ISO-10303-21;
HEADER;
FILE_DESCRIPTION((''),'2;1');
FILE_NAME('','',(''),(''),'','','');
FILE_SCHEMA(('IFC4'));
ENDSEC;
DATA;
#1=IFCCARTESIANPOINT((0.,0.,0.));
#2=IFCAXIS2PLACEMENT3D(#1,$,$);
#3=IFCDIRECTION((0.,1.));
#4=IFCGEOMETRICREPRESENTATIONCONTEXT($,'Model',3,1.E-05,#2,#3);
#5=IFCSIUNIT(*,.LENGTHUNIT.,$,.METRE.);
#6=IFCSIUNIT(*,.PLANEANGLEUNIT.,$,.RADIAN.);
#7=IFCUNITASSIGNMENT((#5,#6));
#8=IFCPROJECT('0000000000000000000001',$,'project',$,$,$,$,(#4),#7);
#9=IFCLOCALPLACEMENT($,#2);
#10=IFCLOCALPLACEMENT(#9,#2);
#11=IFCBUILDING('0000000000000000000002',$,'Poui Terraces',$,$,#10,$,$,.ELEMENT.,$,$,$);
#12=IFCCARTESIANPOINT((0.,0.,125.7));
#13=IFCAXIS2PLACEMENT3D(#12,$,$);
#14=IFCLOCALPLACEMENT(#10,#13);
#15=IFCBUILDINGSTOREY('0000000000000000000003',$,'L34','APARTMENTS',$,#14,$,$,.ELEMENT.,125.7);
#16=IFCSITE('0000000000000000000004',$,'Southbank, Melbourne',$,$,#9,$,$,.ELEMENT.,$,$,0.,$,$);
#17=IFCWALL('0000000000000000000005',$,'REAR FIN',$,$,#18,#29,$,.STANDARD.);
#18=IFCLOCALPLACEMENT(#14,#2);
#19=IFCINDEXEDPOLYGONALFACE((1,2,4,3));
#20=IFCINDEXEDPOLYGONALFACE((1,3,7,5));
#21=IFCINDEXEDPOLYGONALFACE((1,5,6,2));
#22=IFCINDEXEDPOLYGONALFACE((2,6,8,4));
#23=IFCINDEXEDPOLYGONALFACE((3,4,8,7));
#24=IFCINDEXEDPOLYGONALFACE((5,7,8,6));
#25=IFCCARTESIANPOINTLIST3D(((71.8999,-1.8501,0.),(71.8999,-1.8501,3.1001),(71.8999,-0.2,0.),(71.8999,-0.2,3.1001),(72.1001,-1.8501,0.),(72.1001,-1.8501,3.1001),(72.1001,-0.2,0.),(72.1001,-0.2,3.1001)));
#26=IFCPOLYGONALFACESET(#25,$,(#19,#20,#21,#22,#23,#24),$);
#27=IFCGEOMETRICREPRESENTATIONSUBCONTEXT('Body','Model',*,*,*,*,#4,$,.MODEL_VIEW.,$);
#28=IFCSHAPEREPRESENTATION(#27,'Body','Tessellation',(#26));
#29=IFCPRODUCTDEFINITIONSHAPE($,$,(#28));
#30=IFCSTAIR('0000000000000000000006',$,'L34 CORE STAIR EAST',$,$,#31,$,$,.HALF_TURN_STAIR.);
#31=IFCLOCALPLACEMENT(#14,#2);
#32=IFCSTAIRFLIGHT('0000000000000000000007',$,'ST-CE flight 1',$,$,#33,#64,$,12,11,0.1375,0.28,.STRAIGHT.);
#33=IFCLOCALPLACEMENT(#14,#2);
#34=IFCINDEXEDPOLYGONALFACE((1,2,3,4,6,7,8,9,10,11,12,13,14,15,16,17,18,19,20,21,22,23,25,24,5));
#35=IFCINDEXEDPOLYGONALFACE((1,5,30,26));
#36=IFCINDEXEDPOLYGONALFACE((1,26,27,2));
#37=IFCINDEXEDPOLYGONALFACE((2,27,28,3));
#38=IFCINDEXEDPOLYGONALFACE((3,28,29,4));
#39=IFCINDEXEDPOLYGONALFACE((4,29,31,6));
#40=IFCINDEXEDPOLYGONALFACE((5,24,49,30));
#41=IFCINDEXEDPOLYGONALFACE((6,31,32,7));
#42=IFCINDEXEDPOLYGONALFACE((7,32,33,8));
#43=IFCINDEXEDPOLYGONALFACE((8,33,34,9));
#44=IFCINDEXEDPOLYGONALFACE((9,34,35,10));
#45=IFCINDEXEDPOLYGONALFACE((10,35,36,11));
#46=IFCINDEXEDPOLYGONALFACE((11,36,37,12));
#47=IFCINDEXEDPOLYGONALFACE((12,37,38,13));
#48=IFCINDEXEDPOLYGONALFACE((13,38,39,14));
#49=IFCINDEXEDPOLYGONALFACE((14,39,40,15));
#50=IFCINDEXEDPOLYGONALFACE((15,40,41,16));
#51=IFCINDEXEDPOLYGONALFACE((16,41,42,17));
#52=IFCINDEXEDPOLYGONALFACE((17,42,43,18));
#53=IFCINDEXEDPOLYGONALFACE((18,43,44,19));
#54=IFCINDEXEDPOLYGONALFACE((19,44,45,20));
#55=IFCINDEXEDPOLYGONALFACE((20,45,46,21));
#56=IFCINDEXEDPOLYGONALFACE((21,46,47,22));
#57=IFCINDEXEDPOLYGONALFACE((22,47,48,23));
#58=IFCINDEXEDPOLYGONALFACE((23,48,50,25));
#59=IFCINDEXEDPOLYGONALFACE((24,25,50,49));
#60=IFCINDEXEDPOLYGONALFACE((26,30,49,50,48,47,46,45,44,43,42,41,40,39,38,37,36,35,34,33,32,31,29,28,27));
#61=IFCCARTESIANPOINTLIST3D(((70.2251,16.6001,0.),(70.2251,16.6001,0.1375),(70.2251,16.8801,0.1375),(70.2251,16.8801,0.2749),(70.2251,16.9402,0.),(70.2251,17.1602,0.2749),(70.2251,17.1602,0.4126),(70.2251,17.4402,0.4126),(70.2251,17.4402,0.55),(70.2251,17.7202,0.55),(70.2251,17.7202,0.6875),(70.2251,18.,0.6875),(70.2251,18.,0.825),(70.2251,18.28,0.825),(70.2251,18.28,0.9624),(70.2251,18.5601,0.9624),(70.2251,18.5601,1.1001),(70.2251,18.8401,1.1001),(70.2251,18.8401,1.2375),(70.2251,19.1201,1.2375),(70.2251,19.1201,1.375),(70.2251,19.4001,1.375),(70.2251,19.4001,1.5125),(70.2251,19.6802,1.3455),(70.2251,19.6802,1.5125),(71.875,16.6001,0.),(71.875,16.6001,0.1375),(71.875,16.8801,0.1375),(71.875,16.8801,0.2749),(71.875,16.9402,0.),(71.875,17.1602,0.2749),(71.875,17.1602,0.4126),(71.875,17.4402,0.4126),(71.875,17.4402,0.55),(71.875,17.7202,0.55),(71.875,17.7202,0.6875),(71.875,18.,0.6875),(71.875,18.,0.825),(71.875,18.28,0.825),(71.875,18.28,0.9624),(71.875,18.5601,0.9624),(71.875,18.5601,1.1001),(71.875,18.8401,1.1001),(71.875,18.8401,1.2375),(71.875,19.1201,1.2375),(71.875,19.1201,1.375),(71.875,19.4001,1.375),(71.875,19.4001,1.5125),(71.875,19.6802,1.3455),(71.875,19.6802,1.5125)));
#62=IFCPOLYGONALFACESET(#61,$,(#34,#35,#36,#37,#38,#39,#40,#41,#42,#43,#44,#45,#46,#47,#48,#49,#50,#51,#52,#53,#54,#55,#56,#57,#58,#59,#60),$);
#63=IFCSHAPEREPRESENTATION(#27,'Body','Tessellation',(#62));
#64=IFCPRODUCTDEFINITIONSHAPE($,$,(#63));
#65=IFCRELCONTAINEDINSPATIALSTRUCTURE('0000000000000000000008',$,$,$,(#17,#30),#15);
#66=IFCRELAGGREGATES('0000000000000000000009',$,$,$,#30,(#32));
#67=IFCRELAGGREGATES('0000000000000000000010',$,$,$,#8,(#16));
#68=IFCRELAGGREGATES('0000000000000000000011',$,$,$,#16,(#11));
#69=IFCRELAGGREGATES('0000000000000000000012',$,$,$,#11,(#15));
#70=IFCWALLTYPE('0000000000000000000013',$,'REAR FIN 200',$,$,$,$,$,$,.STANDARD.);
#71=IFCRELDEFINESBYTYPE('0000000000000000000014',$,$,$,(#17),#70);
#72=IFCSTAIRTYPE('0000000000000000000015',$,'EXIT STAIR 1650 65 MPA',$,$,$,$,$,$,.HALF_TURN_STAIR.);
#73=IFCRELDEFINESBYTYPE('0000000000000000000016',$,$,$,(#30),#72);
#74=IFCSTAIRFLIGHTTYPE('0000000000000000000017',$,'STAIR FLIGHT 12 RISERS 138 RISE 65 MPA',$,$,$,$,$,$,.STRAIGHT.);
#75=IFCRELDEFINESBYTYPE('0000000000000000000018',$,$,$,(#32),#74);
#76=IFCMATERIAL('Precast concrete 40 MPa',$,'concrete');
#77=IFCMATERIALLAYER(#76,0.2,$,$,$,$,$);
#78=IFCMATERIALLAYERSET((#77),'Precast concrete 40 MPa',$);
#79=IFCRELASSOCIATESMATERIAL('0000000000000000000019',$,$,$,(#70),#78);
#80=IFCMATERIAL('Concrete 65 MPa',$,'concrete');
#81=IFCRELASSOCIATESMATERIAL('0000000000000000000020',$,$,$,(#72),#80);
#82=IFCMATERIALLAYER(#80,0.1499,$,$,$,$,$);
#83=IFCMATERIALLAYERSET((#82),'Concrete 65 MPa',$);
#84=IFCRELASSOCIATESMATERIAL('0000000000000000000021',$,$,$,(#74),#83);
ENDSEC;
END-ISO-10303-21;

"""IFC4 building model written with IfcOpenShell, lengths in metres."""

from ifc_helpers import new_model, si_unit, direction, frame, origin, place, context, subcontext, project, spatial, polyline, outline, extrude, source, transform, mapped, material, layer, layer_set, type_object, element, aggregate, save


model = new_model("IFC4")

# Units and contexts
model_context = context("Model", 3, precision=1e-05, world=origin(), true_north=direction((0.0, 1.0)))
body_context = subcontext(model_context, "Body", "Model", "MODEL_VIEW")
ifc_project = project(units=[si_unit("LENGTHUNIT", "METRE"), si_unit("PLANEANGLEUNIT", "RADIAN")], contexts=[model_context])

# Site, building, storey
site_placement = place(None, origin())
site = spatial("IfcSite", under=ifc_project, at=site_placement, Name="Southbank, Melbourne", CompositionType="ELEMENT", RefElevation=0.0)
building_placement = place(site_placement, origin())
building = spatial("IfcBuilding", under=site, at=building_placement, Name="Poui Terraces", CompositionType="ELEMENT")
storey_placement = place(building_placement, frame((0.0, 0.0, 125.7)))
storey = spatial("IfcBuildingStorey", under=building, at=storey_placement, Name="L34", Description="APARTMENTS", CompositionType="ELEMENT", Elevation=125.7)

# Shared definitions
ifc_material_1 = material(Name="Concrete 65 MPa", Category="concrete")

# Shared definitions
ifc_material_2 = material(Name="Precast concrete 40 MPa", Category="concrete")

# Wall
ifc_layer_1 = layer(ifc_material_2, 0.2)
ifc_layer_set_1 = layer_set([ifc_layer_1], Name="Precast concrete 40 MPa")
wall_type_1 = type_object("IfcWallType", Name="REAR FIN 200", PredefinedType="STANDARD", material=ifc_layer_set_1)
shared_shape_1 = source(origin(), body_context, "Body", "SweptSolid", [
    extrude(outline(polyline([(0.0, 0.0), (0.2002, 0.0), (0.2002, 1.6501), (0.0, 1.6501), (0.0, 0.0)])), origin(), (0.0, 0.0, 1.0), 3.1001),
])
wall_1_placement = place(storey_placement, frame((71.8999, -1.8501, 0.0)))
element("IfcWall", 1, at=wall_1_placement, inside=storey, type_object=wall_type_1, Name="REAR FIN", PredefinedType="STANDARD", context=body_context, shape_type="MappedRepresentation", body=[
    mapped(shared_shape_1, transform((0.0, 0.0, 0.0))),
])

# Stair, stair flight
stair_type = type_object("IfcStairType", Name="EXIT STAIR 1650 65 MPA", PredefinedType="HALF_TURN_STAIR", material=ifc_material_1)
stair_placement = place(storey_placement, origin())
stair = element("IfcStair", 2, at=stair_placement, inside=storey, type_object=stair_type, Name="L34 CORE STAIR EAST", PredefinedType="HALF_TURN_STAIR")
ifc_layer_2 = layer(ifc_material_1, 0.1499)
ifc_layer_set_2 = layer_set([ifc_layer_2], Name="Concrete 65 MPa")
stair_flight_type = type_object("IfcStairFlightType", Name="STAIR FLIGHT 12 RISERS 138 RISE 65 MPA", PredefinedType="STRAIGHT", material=ifc_layer_set_2)
stair_flight_placement = place(storey_placement, frame((71.05, 16.6001, 0.0), z_axis=(0.0, 0.0, 1.0), x_axis=(0.0, 1.0, 0.0)))
stair_flight = element("IfcStairFlight", 3, at=stair_flight_placement, type_object=stair_flight_type, Name="ST-CE flight 1", NumberOfRisers=12, NumberOfTreads=11, PredefinedType="STRAIGHT", RiserHeight=0.1375, TreadLength=0.28, context=body_context, shape_type="SweptSolid", body=[
    extrude(outline(polyline([(0.0, 0.0), (0.0, 0.1375), (0.28, 0.1375), (0.28, 0.2749), (0.5601, 0.2749), (0.5601, 0.4126), (0.8401, 0.4126), (0.8401, 0.55), (1.1201, 0.55), (1.1201, 0.6875), (1.3999, 0.6875), (1.3999, 0.825), (1.6799, 0.825), (1.6799, 0.9624), (1.96, 0.9624), (1.96, 1.1001), (2.24, 1.1001), (2.24, 1.2375), (2.52, 1.2375), (2.52, 1.375), (2.8, 1.375), (2.8, 1.5125), (3.0801, 1.5125), (3.0801, 1.6499), (3.0801, 1.3455), (0.3401, 0.0), (0.0, 0.0)])), frame((0.0, 0.825, 0.0), z_axis=(0.0, -1.0, 0.0), x_axis=(1.0, 0.0, 0.0)), (0.0, 0.0, 1.0), 1.6499),
])
aggregate(stair, [stair_flight])

save(model, "model.ifc")
